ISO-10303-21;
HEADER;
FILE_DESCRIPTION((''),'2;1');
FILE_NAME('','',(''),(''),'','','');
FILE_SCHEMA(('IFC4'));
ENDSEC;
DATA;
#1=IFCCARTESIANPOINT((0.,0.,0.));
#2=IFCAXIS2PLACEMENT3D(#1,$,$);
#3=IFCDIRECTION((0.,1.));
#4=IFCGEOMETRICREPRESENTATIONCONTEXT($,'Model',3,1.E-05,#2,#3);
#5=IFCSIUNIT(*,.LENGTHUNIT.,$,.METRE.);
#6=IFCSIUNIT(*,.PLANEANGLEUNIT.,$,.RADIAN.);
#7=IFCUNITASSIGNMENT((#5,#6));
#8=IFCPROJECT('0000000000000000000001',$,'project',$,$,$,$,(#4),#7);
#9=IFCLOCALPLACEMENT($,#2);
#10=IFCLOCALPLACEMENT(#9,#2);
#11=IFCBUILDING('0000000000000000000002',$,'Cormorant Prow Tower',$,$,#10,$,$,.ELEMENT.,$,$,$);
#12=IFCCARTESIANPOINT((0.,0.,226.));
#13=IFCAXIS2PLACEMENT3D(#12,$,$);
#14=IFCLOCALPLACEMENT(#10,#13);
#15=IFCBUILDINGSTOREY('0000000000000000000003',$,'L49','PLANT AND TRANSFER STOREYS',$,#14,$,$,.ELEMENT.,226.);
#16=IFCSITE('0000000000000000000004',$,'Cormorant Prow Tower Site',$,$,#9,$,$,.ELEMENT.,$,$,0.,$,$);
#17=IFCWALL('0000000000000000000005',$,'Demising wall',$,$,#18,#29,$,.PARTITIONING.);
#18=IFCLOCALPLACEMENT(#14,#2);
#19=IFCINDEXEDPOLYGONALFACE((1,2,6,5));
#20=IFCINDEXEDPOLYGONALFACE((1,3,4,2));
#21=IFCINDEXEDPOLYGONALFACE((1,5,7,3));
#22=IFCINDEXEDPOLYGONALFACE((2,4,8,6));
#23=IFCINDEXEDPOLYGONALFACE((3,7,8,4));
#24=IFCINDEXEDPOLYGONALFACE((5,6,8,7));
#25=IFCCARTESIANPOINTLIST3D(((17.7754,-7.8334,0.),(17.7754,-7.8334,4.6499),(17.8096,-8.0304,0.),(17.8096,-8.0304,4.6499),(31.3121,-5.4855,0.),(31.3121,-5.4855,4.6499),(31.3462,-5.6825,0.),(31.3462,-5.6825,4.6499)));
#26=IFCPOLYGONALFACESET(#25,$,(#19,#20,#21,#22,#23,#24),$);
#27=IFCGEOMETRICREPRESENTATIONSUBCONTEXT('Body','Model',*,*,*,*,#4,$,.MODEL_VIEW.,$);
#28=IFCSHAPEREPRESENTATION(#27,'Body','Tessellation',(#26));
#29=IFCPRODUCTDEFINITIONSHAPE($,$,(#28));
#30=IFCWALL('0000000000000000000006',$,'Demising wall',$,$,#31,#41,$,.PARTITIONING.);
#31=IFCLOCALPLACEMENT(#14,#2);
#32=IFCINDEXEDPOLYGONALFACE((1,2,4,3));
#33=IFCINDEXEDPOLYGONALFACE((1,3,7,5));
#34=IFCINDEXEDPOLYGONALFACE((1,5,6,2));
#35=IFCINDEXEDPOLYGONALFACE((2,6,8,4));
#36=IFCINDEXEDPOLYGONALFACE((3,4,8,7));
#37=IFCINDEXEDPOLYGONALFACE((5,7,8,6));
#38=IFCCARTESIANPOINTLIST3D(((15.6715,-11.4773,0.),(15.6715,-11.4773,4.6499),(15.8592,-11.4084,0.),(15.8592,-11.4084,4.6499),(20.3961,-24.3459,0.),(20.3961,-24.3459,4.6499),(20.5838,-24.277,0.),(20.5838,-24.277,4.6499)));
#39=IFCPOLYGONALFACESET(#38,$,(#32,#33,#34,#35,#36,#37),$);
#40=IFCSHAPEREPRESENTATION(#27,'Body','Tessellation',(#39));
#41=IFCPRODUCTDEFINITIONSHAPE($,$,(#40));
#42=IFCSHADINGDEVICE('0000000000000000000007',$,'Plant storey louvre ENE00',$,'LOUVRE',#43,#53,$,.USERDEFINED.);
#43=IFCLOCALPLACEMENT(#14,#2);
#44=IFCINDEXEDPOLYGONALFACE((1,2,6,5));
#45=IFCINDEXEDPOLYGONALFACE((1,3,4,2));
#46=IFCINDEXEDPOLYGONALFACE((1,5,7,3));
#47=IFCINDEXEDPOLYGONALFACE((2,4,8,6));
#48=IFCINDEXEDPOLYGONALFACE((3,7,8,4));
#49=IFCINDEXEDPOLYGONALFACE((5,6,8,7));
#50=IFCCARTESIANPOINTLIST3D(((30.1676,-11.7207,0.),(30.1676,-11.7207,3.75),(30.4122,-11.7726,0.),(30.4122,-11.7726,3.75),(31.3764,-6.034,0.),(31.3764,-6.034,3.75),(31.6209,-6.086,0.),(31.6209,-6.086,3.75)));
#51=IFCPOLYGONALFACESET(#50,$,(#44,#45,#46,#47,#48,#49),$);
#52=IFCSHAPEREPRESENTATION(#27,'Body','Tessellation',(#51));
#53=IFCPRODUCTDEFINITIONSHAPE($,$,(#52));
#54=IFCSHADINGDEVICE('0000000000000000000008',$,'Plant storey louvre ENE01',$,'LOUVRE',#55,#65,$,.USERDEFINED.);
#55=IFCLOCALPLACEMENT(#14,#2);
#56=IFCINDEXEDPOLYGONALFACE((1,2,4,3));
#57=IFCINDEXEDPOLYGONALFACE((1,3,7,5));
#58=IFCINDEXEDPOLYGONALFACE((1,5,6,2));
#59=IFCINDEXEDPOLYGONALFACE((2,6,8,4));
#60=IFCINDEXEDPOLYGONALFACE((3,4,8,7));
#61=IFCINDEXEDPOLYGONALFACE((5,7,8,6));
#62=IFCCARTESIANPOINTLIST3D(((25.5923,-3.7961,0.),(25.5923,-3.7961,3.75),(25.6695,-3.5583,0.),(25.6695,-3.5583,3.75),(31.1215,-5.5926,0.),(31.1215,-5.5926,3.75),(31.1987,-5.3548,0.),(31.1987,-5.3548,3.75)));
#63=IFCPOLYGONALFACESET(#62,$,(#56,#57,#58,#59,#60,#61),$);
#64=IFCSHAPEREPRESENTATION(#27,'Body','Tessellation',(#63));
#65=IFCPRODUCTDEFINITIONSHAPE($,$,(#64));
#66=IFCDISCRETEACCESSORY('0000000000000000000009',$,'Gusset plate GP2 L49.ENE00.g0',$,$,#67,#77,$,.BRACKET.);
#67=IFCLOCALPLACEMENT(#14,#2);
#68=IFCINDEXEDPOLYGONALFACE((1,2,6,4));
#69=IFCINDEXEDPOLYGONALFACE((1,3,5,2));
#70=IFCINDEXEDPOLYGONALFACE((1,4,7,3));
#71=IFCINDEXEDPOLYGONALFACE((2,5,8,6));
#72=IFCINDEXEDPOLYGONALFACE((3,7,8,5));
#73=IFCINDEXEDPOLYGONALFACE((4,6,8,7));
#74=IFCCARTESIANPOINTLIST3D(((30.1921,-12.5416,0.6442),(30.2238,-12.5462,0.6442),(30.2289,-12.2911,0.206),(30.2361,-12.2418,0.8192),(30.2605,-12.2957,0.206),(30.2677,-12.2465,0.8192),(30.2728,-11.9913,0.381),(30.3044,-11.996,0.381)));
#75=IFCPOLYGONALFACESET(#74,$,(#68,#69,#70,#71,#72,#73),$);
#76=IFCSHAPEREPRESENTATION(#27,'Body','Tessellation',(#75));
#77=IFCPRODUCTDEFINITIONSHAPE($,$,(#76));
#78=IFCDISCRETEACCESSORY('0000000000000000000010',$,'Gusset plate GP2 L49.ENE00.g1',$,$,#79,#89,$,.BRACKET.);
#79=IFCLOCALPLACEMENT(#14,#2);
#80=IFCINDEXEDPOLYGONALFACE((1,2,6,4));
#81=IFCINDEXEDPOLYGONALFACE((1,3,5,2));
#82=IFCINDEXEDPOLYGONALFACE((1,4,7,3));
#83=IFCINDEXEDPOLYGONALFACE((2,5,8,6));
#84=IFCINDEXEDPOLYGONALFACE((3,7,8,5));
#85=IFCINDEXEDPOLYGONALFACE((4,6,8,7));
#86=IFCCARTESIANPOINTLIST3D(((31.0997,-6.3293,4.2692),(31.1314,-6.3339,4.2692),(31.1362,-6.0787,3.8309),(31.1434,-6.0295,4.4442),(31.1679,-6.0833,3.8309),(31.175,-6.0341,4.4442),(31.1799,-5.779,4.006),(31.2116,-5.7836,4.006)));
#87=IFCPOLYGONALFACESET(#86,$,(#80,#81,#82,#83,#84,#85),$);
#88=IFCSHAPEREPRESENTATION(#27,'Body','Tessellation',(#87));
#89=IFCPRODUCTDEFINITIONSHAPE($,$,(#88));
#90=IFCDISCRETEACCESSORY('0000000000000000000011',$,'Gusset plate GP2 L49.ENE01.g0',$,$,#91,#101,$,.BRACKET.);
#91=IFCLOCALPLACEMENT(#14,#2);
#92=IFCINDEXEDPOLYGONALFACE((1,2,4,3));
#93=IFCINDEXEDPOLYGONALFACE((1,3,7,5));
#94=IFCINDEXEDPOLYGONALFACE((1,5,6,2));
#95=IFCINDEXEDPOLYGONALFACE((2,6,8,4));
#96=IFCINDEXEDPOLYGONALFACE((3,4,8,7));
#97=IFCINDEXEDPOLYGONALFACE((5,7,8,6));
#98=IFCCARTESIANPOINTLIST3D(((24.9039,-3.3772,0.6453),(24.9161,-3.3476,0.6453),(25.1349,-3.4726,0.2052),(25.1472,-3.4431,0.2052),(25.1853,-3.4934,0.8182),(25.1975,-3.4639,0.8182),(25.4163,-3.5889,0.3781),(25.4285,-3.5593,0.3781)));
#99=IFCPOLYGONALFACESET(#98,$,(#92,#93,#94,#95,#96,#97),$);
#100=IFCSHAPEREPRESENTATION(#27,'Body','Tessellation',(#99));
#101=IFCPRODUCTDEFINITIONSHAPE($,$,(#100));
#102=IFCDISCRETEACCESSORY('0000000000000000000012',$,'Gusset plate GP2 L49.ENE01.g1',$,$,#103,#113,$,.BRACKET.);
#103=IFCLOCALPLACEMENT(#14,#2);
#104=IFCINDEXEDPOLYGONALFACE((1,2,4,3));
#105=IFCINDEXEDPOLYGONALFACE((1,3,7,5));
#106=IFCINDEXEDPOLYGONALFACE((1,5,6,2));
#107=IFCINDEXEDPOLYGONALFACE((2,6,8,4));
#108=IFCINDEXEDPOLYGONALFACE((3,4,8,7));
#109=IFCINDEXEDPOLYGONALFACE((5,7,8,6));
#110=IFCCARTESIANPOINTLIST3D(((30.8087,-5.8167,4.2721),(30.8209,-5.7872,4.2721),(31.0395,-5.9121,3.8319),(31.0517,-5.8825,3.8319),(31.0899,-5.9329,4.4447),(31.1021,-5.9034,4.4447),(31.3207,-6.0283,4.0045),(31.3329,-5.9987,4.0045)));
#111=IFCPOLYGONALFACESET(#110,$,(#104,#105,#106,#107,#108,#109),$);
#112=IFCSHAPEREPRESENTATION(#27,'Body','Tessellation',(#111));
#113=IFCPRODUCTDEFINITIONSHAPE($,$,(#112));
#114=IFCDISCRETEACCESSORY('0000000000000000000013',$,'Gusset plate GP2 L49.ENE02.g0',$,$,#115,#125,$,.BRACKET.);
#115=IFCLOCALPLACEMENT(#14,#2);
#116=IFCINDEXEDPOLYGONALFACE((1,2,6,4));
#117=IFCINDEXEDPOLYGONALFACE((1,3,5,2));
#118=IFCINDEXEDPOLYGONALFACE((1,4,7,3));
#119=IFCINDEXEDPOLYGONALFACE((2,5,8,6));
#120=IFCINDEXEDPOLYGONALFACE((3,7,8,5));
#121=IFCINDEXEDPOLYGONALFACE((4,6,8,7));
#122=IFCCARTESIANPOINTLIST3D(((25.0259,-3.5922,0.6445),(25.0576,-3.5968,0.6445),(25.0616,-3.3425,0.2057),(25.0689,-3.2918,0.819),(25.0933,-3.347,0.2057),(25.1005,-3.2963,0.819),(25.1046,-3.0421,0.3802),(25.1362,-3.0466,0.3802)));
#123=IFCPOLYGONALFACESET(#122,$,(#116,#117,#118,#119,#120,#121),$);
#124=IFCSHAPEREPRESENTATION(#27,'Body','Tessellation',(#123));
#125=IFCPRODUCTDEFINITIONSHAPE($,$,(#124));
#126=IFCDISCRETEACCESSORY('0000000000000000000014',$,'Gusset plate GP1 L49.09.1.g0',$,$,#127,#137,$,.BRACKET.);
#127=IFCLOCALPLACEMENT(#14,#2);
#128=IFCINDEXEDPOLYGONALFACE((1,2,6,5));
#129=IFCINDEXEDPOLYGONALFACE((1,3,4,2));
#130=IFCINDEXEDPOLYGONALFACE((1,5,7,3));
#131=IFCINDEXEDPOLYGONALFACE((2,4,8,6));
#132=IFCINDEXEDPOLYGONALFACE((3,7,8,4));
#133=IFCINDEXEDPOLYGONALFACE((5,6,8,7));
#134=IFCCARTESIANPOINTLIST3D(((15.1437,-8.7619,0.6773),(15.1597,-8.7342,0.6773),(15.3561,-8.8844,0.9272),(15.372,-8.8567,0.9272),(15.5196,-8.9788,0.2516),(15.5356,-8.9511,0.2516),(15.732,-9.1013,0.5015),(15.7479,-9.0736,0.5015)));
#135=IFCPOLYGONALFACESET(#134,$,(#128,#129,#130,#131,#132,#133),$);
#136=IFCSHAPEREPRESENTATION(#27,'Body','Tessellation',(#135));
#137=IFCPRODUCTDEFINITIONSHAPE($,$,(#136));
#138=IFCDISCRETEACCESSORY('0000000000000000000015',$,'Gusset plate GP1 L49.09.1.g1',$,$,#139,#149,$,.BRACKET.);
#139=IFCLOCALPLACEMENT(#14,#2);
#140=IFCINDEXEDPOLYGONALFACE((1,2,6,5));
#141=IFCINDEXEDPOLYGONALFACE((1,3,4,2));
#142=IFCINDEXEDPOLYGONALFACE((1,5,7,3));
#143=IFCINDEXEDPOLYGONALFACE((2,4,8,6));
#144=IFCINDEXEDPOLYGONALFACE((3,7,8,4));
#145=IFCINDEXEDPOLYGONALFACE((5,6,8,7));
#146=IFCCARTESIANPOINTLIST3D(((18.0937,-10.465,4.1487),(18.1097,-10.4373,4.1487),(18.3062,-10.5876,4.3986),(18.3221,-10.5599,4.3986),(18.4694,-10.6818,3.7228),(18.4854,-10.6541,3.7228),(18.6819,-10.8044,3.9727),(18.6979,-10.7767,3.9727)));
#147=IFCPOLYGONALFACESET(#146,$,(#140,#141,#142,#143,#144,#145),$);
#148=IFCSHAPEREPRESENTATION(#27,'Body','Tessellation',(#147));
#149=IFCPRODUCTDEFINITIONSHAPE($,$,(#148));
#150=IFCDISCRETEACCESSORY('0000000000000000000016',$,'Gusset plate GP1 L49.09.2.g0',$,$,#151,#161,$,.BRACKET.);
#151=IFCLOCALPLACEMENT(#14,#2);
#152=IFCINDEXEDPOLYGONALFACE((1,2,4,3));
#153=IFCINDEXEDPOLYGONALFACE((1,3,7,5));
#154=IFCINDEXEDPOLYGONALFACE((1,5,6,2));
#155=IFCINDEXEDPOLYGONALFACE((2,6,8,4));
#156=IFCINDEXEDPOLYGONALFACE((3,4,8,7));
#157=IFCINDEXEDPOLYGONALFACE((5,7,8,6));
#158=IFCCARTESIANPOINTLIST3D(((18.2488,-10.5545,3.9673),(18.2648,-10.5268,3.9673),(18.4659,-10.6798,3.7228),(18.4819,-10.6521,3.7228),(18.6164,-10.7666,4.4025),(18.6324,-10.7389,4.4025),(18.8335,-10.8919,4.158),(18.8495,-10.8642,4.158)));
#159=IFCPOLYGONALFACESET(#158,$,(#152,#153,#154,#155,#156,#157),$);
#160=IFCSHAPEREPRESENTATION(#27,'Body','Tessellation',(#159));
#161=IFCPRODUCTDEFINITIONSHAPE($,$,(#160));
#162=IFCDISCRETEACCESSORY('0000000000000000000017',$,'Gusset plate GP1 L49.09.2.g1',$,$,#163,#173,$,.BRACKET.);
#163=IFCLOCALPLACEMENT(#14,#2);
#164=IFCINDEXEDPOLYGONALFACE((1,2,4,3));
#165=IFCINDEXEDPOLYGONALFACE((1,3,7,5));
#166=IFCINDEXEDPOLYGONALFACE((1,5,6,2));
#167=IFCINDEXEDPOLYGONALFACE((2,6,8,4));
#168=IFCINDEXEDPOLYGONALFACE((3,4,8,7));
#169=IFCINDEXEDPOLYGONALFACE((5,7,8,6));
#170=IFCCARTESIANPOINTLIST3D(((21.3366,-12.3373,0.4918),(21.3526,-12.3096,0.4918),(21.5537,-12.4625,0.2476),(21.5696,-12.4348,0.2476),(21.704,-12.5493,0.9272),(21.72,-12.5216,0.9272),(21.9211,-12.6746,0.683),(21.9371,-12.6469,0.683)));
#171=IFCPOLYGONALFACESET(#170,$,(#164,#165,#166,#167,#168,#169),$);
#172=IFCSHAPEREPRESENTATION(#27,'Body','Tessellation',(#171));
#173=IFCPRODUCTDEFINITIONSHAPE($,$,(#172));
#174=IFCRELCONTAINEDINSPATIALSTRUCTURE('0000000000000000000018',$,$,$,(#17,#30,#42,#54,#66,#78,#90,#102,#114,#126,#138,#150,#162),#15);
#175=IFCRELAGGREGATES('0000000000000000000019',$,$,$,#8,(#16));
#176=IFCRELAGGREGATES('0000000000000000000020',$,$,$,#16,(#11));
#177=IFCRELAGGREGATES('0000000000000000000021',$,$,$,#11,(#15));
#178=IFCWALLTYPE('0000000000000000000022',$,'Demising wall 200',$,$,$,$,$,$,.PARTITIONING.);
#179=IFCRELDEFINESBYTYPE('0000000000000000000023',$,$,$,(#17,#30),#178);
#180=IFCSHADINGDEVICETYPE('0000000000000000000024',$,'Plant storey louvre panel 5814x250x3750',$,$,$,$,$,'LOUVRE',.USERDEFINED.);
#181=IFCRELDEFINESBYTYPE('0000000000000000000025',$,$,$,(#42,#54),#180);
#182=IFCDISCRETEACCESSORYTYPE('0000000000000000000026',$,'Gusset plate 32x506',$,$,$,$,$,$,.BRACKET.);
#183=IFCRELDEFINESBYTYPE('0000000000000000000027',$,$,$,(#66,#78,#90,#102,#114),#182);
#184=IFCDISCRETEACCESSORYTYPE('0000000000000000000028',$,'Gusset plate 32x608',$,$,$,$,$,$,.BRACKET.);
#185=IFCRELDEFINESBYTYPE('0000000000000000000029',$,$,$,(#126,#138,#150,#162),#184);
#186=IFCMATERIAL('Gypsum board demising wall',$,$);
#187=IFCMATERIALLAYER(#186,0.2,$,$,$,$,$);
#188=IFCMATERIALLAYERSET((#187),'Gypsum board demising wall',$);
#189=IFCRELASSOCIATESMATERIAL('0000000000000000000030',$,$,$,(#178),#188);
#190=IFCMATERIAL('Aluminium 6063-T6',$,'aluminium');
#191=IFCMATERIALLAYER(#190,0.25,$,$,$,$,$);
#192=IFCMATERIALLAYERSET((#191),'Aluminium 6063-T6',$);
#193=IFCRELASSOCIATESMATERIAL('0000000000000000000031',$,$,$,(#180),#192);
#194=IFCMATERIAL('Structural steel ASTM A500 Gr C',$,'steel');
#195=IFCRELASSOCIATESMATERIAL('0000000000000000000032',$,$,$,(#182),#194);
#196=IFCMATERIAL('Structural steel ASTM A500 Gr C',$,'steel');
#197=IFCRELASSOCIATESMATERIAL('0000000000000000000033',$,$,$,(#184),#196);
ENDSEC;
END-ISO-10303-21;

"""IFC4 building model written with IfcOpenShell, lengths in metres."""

from ifc_helpers import new_model, si_unit, direction, frame, frame_2d, origin, origin_2d, place, context, subcontext, project, spatial, rectangle, extrude, material, layer, layer_set, material_profile, profile_set, type_object, element, save


model = new_model("IFC4")

# Units and contexts
model_context = context("Model", 3, precision=1e-05, world=origin(), true_north=direction((0.0, 1.0)))
body_context = subcontext(model_context, "Body", "Model", "MODEL_VIEW")
ifc_project = project(units=[si_unit("LENGTHUNIT", "METRE"), si_unit("PLANEANGLEUNIT", "RADIAN")], contexts=[model_context])

# Site, building, storey
site_placement = place(None, origin())
site = spatial("IfcSite", under=ifc_project, at=site_placement, Name="Cormorant Prow Tower Site", CompositionType="ELEMENT", RefElevation=0.0)
building_placement = place(site_placement, origin())
building = spatial("IfcBuilding", under=site, at=building_placement, Name="Cormorant Prow Tower", CompositionType="ELEMENT")
storey_placement = place(building_placement, frame((0.0, 0.0, 226.0)))
storey = spatial("IfcBuildingStorey", under=building, at=storey_placement, Name="L49", Description="PLANT AND TRANSFER STOREYS", CompositionType="ELEMENT", Elevation=226.0)

# Walls
ifc_material_1 = material(Name="Gypsum board demising wall")
ifc_layer_1 = layer(ifc_material_1, 0.2)
ifc_layer_set_1 = layer_set([ifc_layer_1], Name="Gypsum board demising wall")
wall_type_1 = type_object("IfcWallType", Name="Demising wall 200", PredefinedType="PARTITIONING", material=ifc_layer_set_1)
wall_1_placement = place(storey_placement, frame((17.7925, -7.9319, 0.0), z_axis=(0.0, 0.0, 1.0), x_axis=(0.985289, 0.170896, 0.0)))
element("IfcWall", 1, at=wall_1_placement, inside=storey, type_object=wall_type_1, Name="Demising wall", PredefinedType="PARTITIONING", context=body_context, shape_type="SweptSolid", body=[
    extrude(rectangle(XDim=13.7388, YDim=0.2, at=frame_2d((6.8694, 0.0))), origin(), (0.0, 0.0, 1.0), 4.6499),
])
wall_2_placement = place(storey_placement, frame((15.7654, -11.4429, 0.0), z_axis=(0.0, 0.0, 1.0), x_axis=(0.344647, -0.938732, 0.0)))
element("IfcWall", 2, at=wall_2_placement, inside=storey, type_object=wall_type_1, Name="Demising wall", PredefinedType="PARTITIONING", context=body_context, shape_type="SweptSolid", body=[
    extrude(rectangle(XDim=13.7085, YDim=0.2, at=frame_2d((6.8542, 0.0))), origin(), (0.0, 0.0, 1.0), 4.6499),
])

# Shading devices
ifc_material_2 = material(Name="Aluminium 6063-T6", Category="aluminium")
ifc_layer_2 = layer(ifc_material_2, 0.25)
ifc_layer_set_2 = layer_set([ifc_layer_2], Name="Aluminium 6063-T6")
shading_device_type = type_object("IfcShadingDeviceType", Name="Plant storey louvre panel 5814x250x3750", ElementType="LOUVRE", PredefinedType="USERDEFINED", material=ifc_layer_set_2)
for number, where, z_axis, x_axis, name in (
    (3, (30.8943, -8.9033, 0.0), (0.0, 0.0, 1.0), (0.207912, 0.978148, 0.0), "Plant storey louvre ENE00"),
    (4, (28.3955, -4.5754, 0.0), (0.0, 0.0, 1.0), (-0.951057, 0.309017, 0.0), "Plant storey louvre ENE01"),
):
    element("IfcShadingDevice", number, at=place(storey_placement, frame(where, z_axis=z_axis, x_axis=x_axis)), inside=storey, type_object=shading_device_type, Name=name, ObjectType="LOUVRE", PredefinedType="USERDEFINED", context=body_context, shape_type="SweptSolid", body=[
        extrude(rectangle(XDim=5.8137, YDim=0.25, at=origin_2d()), origin(), (0.0, 0.0, 1.0), 3.75),
    ])

# Discrete accessories
ifc_material_3 = material(Name="Structural steel ASTM A500 Gr C", Category="steel")
ifc_material_profile_1 = material_profile(ifc_material_3, rectangle(XDim=0.032, YDim=0.5061, at=origin_2d()), Name="Gusset plate 32x506")
ifc_profile_set_1 = profile_set([ifc_material_profile_1], Name="Structural steel ASTM A500 Gr C")
discrete_accessory_type_1 = type_object("IfcDiscreteAccessoryType", Name="Gusset plate 32x506", PredefinedType="BRACKET", material=ifc_profile_set_1)
for number, where, z_axis, x_axis, name in (
    (5, (30.2703, -12.1189, 0.6001), (-0.125581, -0.856738, -0.500229), (0.989427, -0.14503, 0.0), "Gusset plate GP2 L49.ENE00.g0"),
    (6, (31.1338, -6.2063, 4.05), (0.124894, 0.856813, 0.500273), (-0.989543, 0.144241, 0.0), "Gusset plate GP2 L49.ENE00.g1"),
):
    element("IfcDiscreteAccessory", number, at=place(storey_placement, frame(where, z_axis=z_axis, x_axis=x_axis)), inside=storey, type_object=discrete_accessory_type_1, Name=name, PredefinedType="BRACKET", context=body_context, shape_type="SweptSolid", body=[
        extrude(rectangle(XDim=0.032, YDim=0.5061, at=origin_2d()), origin(), (0.0, 0.0, 1.0), 0.3499),
    ])
discrete_accessory_1_placement = place(storey_placement, frame((25.3069, -3.5264, 0.5981), z_axis=(-0.803623, 0.332053, -0.493893), x_axis=(-0.381879, -0.924212, 0.0)))
element("IfcDiscreteAccessory", 7, at=discrete_accessory_1_placement, inside=storey, type_object=discrete_accessory_type_1, Name="Gusset plate GP2 L49.ENE01.g0", PredefinedType="BRACKET", context=body_context, shape_type="SweptSolid", body=[
    extrude(rectangle(XDim=0.032, YDim=0.5061, at=origin_2d()), origin(), (0.0, 0.0, 1.0), 0.3501),
])
discrete_accessory_2_placement = place(storey_placement, frame((30.9302, -5.8496, 4.052), z_axis=(0.8039, -0.332167, 0.493366), x_axis=(0.381879, 0.924212, 0.0)))
element("IfcDiscreteAccessory", 8, at=discrete_accessory_2_placement, inside=storey, type_object=discrete_accessory_type_1, Name="Gusset plate GP2 L49.ENE01.g1", PredefinedType="BRACKET", context=body_context, shape_type="SweptSolid", body=[
    extrude(rectangle(XDim=0.032, YDim=0.5061, at=origin_2d()), origin(), (0.0, 0.0, 1.0), 0.3499),
])
discrete_accessory_3_placement = place(storey_placement, frame((25.1025, -3.1692, 0.5996), z_axis=(-0.122698, -0.858186, -0.498459), x_axis=(0.989933, -0.141534, 0.0)))
element("IfcDiscreteAccessory", 9, at=discrete_accessory_3_placement, inside=storey, type_object=discrete_accessory_type_1, Name="Gusset plate GP2 L49.ENE02.g0", PredefinedType="BRACKET", context=body_context, shape_type="SweptSolid", body=[
    extrude(rectangle(XDim=0.032, YDim=0.5061, at=origin_2d()), origin(), (0.0, 0.0, 1.0), 0.3501),
])
ifc_material_4 = material(Name="Structural steel ASTM A500 Gr C", Category="steel")
ifc_material_profile_2 = material_profile(ifc_material_4, rectangle(XDim=0.032, YDim=0.6079, at=origin_2d()), Name="Gusset plate 32x608")
ifc_profile_set_2 = profile_set([ifc_material_profile_2], Name="Structural steel ASTM A500 Gr C")
discrete_accessory_type_2 = type_object("IfcDiscreteAccessoryType", Name="Gusset plate 32x608", PredefinedType="BRACKET", material=ifc_profile_set_2)
for number, where, z_axis, x_axis, name in (
    (10, (15.552, -8.979, 0.7144), (-0.606529, 0.349974, -0.713891), (-0.49978, -0.866152, 0.0), "Gusset plate GP1 L49.09.1.g0"),
    (11, (18.2896, -10.5596, 3.9358), (0.606831, -0.350148, 0.713549), (0.49978, 0.866152, 0.0), "Gusset plate GP1 L49.09.1.g1"),
    (12, (18.6577, -10.772, 3.9404), (-0.620075, 0.357816, 0.698194), (-0.499807, -0.866137, 0.0), "Gusset plate GP1 L49.09.2.g0"),
):
    element("IfcDiscreteAccessory", number, at=place(storey_placement, frame(where, z_axis=z_axis, x_axis=x_axis)), inside=storey, type_object=discrete_accessory_type_2, Name=name, PredefinedType="BRACKET", context=body_context, shape_type="SweptSolid", body=[
        extrude(rectangle(XDim=0.032, YDim=0.6079, at=origin_2d()), origin(), (0.0, 0.0, 1.0), 0.3501),
    ])
discrete_accessory_4_placement = place(storey_placement, frame((21.5283, -12.4294, 0.7095), z_axis=(0.620377, -0.35799, -0.697837), x_axis=(0.499807, 0.866137, 0.0)))
element("IfcDiscreteAccessory", 13, at=discrete_accessory_4_placement, inside=storey, type_object=discrete_accessory_type_2, Name="Gusset plate GP1 L49.09.2.g1", PredefinedType="BRACKET", context=body_context, shape_type="SweptSolid", body=[
    extrude(rectangle(XDim=0.032, YDim=0.6079, at=origin_2d()), origin(), (0.0, 0.0, 1.0), 0.3499),
])

save(model, "model.ifc")
